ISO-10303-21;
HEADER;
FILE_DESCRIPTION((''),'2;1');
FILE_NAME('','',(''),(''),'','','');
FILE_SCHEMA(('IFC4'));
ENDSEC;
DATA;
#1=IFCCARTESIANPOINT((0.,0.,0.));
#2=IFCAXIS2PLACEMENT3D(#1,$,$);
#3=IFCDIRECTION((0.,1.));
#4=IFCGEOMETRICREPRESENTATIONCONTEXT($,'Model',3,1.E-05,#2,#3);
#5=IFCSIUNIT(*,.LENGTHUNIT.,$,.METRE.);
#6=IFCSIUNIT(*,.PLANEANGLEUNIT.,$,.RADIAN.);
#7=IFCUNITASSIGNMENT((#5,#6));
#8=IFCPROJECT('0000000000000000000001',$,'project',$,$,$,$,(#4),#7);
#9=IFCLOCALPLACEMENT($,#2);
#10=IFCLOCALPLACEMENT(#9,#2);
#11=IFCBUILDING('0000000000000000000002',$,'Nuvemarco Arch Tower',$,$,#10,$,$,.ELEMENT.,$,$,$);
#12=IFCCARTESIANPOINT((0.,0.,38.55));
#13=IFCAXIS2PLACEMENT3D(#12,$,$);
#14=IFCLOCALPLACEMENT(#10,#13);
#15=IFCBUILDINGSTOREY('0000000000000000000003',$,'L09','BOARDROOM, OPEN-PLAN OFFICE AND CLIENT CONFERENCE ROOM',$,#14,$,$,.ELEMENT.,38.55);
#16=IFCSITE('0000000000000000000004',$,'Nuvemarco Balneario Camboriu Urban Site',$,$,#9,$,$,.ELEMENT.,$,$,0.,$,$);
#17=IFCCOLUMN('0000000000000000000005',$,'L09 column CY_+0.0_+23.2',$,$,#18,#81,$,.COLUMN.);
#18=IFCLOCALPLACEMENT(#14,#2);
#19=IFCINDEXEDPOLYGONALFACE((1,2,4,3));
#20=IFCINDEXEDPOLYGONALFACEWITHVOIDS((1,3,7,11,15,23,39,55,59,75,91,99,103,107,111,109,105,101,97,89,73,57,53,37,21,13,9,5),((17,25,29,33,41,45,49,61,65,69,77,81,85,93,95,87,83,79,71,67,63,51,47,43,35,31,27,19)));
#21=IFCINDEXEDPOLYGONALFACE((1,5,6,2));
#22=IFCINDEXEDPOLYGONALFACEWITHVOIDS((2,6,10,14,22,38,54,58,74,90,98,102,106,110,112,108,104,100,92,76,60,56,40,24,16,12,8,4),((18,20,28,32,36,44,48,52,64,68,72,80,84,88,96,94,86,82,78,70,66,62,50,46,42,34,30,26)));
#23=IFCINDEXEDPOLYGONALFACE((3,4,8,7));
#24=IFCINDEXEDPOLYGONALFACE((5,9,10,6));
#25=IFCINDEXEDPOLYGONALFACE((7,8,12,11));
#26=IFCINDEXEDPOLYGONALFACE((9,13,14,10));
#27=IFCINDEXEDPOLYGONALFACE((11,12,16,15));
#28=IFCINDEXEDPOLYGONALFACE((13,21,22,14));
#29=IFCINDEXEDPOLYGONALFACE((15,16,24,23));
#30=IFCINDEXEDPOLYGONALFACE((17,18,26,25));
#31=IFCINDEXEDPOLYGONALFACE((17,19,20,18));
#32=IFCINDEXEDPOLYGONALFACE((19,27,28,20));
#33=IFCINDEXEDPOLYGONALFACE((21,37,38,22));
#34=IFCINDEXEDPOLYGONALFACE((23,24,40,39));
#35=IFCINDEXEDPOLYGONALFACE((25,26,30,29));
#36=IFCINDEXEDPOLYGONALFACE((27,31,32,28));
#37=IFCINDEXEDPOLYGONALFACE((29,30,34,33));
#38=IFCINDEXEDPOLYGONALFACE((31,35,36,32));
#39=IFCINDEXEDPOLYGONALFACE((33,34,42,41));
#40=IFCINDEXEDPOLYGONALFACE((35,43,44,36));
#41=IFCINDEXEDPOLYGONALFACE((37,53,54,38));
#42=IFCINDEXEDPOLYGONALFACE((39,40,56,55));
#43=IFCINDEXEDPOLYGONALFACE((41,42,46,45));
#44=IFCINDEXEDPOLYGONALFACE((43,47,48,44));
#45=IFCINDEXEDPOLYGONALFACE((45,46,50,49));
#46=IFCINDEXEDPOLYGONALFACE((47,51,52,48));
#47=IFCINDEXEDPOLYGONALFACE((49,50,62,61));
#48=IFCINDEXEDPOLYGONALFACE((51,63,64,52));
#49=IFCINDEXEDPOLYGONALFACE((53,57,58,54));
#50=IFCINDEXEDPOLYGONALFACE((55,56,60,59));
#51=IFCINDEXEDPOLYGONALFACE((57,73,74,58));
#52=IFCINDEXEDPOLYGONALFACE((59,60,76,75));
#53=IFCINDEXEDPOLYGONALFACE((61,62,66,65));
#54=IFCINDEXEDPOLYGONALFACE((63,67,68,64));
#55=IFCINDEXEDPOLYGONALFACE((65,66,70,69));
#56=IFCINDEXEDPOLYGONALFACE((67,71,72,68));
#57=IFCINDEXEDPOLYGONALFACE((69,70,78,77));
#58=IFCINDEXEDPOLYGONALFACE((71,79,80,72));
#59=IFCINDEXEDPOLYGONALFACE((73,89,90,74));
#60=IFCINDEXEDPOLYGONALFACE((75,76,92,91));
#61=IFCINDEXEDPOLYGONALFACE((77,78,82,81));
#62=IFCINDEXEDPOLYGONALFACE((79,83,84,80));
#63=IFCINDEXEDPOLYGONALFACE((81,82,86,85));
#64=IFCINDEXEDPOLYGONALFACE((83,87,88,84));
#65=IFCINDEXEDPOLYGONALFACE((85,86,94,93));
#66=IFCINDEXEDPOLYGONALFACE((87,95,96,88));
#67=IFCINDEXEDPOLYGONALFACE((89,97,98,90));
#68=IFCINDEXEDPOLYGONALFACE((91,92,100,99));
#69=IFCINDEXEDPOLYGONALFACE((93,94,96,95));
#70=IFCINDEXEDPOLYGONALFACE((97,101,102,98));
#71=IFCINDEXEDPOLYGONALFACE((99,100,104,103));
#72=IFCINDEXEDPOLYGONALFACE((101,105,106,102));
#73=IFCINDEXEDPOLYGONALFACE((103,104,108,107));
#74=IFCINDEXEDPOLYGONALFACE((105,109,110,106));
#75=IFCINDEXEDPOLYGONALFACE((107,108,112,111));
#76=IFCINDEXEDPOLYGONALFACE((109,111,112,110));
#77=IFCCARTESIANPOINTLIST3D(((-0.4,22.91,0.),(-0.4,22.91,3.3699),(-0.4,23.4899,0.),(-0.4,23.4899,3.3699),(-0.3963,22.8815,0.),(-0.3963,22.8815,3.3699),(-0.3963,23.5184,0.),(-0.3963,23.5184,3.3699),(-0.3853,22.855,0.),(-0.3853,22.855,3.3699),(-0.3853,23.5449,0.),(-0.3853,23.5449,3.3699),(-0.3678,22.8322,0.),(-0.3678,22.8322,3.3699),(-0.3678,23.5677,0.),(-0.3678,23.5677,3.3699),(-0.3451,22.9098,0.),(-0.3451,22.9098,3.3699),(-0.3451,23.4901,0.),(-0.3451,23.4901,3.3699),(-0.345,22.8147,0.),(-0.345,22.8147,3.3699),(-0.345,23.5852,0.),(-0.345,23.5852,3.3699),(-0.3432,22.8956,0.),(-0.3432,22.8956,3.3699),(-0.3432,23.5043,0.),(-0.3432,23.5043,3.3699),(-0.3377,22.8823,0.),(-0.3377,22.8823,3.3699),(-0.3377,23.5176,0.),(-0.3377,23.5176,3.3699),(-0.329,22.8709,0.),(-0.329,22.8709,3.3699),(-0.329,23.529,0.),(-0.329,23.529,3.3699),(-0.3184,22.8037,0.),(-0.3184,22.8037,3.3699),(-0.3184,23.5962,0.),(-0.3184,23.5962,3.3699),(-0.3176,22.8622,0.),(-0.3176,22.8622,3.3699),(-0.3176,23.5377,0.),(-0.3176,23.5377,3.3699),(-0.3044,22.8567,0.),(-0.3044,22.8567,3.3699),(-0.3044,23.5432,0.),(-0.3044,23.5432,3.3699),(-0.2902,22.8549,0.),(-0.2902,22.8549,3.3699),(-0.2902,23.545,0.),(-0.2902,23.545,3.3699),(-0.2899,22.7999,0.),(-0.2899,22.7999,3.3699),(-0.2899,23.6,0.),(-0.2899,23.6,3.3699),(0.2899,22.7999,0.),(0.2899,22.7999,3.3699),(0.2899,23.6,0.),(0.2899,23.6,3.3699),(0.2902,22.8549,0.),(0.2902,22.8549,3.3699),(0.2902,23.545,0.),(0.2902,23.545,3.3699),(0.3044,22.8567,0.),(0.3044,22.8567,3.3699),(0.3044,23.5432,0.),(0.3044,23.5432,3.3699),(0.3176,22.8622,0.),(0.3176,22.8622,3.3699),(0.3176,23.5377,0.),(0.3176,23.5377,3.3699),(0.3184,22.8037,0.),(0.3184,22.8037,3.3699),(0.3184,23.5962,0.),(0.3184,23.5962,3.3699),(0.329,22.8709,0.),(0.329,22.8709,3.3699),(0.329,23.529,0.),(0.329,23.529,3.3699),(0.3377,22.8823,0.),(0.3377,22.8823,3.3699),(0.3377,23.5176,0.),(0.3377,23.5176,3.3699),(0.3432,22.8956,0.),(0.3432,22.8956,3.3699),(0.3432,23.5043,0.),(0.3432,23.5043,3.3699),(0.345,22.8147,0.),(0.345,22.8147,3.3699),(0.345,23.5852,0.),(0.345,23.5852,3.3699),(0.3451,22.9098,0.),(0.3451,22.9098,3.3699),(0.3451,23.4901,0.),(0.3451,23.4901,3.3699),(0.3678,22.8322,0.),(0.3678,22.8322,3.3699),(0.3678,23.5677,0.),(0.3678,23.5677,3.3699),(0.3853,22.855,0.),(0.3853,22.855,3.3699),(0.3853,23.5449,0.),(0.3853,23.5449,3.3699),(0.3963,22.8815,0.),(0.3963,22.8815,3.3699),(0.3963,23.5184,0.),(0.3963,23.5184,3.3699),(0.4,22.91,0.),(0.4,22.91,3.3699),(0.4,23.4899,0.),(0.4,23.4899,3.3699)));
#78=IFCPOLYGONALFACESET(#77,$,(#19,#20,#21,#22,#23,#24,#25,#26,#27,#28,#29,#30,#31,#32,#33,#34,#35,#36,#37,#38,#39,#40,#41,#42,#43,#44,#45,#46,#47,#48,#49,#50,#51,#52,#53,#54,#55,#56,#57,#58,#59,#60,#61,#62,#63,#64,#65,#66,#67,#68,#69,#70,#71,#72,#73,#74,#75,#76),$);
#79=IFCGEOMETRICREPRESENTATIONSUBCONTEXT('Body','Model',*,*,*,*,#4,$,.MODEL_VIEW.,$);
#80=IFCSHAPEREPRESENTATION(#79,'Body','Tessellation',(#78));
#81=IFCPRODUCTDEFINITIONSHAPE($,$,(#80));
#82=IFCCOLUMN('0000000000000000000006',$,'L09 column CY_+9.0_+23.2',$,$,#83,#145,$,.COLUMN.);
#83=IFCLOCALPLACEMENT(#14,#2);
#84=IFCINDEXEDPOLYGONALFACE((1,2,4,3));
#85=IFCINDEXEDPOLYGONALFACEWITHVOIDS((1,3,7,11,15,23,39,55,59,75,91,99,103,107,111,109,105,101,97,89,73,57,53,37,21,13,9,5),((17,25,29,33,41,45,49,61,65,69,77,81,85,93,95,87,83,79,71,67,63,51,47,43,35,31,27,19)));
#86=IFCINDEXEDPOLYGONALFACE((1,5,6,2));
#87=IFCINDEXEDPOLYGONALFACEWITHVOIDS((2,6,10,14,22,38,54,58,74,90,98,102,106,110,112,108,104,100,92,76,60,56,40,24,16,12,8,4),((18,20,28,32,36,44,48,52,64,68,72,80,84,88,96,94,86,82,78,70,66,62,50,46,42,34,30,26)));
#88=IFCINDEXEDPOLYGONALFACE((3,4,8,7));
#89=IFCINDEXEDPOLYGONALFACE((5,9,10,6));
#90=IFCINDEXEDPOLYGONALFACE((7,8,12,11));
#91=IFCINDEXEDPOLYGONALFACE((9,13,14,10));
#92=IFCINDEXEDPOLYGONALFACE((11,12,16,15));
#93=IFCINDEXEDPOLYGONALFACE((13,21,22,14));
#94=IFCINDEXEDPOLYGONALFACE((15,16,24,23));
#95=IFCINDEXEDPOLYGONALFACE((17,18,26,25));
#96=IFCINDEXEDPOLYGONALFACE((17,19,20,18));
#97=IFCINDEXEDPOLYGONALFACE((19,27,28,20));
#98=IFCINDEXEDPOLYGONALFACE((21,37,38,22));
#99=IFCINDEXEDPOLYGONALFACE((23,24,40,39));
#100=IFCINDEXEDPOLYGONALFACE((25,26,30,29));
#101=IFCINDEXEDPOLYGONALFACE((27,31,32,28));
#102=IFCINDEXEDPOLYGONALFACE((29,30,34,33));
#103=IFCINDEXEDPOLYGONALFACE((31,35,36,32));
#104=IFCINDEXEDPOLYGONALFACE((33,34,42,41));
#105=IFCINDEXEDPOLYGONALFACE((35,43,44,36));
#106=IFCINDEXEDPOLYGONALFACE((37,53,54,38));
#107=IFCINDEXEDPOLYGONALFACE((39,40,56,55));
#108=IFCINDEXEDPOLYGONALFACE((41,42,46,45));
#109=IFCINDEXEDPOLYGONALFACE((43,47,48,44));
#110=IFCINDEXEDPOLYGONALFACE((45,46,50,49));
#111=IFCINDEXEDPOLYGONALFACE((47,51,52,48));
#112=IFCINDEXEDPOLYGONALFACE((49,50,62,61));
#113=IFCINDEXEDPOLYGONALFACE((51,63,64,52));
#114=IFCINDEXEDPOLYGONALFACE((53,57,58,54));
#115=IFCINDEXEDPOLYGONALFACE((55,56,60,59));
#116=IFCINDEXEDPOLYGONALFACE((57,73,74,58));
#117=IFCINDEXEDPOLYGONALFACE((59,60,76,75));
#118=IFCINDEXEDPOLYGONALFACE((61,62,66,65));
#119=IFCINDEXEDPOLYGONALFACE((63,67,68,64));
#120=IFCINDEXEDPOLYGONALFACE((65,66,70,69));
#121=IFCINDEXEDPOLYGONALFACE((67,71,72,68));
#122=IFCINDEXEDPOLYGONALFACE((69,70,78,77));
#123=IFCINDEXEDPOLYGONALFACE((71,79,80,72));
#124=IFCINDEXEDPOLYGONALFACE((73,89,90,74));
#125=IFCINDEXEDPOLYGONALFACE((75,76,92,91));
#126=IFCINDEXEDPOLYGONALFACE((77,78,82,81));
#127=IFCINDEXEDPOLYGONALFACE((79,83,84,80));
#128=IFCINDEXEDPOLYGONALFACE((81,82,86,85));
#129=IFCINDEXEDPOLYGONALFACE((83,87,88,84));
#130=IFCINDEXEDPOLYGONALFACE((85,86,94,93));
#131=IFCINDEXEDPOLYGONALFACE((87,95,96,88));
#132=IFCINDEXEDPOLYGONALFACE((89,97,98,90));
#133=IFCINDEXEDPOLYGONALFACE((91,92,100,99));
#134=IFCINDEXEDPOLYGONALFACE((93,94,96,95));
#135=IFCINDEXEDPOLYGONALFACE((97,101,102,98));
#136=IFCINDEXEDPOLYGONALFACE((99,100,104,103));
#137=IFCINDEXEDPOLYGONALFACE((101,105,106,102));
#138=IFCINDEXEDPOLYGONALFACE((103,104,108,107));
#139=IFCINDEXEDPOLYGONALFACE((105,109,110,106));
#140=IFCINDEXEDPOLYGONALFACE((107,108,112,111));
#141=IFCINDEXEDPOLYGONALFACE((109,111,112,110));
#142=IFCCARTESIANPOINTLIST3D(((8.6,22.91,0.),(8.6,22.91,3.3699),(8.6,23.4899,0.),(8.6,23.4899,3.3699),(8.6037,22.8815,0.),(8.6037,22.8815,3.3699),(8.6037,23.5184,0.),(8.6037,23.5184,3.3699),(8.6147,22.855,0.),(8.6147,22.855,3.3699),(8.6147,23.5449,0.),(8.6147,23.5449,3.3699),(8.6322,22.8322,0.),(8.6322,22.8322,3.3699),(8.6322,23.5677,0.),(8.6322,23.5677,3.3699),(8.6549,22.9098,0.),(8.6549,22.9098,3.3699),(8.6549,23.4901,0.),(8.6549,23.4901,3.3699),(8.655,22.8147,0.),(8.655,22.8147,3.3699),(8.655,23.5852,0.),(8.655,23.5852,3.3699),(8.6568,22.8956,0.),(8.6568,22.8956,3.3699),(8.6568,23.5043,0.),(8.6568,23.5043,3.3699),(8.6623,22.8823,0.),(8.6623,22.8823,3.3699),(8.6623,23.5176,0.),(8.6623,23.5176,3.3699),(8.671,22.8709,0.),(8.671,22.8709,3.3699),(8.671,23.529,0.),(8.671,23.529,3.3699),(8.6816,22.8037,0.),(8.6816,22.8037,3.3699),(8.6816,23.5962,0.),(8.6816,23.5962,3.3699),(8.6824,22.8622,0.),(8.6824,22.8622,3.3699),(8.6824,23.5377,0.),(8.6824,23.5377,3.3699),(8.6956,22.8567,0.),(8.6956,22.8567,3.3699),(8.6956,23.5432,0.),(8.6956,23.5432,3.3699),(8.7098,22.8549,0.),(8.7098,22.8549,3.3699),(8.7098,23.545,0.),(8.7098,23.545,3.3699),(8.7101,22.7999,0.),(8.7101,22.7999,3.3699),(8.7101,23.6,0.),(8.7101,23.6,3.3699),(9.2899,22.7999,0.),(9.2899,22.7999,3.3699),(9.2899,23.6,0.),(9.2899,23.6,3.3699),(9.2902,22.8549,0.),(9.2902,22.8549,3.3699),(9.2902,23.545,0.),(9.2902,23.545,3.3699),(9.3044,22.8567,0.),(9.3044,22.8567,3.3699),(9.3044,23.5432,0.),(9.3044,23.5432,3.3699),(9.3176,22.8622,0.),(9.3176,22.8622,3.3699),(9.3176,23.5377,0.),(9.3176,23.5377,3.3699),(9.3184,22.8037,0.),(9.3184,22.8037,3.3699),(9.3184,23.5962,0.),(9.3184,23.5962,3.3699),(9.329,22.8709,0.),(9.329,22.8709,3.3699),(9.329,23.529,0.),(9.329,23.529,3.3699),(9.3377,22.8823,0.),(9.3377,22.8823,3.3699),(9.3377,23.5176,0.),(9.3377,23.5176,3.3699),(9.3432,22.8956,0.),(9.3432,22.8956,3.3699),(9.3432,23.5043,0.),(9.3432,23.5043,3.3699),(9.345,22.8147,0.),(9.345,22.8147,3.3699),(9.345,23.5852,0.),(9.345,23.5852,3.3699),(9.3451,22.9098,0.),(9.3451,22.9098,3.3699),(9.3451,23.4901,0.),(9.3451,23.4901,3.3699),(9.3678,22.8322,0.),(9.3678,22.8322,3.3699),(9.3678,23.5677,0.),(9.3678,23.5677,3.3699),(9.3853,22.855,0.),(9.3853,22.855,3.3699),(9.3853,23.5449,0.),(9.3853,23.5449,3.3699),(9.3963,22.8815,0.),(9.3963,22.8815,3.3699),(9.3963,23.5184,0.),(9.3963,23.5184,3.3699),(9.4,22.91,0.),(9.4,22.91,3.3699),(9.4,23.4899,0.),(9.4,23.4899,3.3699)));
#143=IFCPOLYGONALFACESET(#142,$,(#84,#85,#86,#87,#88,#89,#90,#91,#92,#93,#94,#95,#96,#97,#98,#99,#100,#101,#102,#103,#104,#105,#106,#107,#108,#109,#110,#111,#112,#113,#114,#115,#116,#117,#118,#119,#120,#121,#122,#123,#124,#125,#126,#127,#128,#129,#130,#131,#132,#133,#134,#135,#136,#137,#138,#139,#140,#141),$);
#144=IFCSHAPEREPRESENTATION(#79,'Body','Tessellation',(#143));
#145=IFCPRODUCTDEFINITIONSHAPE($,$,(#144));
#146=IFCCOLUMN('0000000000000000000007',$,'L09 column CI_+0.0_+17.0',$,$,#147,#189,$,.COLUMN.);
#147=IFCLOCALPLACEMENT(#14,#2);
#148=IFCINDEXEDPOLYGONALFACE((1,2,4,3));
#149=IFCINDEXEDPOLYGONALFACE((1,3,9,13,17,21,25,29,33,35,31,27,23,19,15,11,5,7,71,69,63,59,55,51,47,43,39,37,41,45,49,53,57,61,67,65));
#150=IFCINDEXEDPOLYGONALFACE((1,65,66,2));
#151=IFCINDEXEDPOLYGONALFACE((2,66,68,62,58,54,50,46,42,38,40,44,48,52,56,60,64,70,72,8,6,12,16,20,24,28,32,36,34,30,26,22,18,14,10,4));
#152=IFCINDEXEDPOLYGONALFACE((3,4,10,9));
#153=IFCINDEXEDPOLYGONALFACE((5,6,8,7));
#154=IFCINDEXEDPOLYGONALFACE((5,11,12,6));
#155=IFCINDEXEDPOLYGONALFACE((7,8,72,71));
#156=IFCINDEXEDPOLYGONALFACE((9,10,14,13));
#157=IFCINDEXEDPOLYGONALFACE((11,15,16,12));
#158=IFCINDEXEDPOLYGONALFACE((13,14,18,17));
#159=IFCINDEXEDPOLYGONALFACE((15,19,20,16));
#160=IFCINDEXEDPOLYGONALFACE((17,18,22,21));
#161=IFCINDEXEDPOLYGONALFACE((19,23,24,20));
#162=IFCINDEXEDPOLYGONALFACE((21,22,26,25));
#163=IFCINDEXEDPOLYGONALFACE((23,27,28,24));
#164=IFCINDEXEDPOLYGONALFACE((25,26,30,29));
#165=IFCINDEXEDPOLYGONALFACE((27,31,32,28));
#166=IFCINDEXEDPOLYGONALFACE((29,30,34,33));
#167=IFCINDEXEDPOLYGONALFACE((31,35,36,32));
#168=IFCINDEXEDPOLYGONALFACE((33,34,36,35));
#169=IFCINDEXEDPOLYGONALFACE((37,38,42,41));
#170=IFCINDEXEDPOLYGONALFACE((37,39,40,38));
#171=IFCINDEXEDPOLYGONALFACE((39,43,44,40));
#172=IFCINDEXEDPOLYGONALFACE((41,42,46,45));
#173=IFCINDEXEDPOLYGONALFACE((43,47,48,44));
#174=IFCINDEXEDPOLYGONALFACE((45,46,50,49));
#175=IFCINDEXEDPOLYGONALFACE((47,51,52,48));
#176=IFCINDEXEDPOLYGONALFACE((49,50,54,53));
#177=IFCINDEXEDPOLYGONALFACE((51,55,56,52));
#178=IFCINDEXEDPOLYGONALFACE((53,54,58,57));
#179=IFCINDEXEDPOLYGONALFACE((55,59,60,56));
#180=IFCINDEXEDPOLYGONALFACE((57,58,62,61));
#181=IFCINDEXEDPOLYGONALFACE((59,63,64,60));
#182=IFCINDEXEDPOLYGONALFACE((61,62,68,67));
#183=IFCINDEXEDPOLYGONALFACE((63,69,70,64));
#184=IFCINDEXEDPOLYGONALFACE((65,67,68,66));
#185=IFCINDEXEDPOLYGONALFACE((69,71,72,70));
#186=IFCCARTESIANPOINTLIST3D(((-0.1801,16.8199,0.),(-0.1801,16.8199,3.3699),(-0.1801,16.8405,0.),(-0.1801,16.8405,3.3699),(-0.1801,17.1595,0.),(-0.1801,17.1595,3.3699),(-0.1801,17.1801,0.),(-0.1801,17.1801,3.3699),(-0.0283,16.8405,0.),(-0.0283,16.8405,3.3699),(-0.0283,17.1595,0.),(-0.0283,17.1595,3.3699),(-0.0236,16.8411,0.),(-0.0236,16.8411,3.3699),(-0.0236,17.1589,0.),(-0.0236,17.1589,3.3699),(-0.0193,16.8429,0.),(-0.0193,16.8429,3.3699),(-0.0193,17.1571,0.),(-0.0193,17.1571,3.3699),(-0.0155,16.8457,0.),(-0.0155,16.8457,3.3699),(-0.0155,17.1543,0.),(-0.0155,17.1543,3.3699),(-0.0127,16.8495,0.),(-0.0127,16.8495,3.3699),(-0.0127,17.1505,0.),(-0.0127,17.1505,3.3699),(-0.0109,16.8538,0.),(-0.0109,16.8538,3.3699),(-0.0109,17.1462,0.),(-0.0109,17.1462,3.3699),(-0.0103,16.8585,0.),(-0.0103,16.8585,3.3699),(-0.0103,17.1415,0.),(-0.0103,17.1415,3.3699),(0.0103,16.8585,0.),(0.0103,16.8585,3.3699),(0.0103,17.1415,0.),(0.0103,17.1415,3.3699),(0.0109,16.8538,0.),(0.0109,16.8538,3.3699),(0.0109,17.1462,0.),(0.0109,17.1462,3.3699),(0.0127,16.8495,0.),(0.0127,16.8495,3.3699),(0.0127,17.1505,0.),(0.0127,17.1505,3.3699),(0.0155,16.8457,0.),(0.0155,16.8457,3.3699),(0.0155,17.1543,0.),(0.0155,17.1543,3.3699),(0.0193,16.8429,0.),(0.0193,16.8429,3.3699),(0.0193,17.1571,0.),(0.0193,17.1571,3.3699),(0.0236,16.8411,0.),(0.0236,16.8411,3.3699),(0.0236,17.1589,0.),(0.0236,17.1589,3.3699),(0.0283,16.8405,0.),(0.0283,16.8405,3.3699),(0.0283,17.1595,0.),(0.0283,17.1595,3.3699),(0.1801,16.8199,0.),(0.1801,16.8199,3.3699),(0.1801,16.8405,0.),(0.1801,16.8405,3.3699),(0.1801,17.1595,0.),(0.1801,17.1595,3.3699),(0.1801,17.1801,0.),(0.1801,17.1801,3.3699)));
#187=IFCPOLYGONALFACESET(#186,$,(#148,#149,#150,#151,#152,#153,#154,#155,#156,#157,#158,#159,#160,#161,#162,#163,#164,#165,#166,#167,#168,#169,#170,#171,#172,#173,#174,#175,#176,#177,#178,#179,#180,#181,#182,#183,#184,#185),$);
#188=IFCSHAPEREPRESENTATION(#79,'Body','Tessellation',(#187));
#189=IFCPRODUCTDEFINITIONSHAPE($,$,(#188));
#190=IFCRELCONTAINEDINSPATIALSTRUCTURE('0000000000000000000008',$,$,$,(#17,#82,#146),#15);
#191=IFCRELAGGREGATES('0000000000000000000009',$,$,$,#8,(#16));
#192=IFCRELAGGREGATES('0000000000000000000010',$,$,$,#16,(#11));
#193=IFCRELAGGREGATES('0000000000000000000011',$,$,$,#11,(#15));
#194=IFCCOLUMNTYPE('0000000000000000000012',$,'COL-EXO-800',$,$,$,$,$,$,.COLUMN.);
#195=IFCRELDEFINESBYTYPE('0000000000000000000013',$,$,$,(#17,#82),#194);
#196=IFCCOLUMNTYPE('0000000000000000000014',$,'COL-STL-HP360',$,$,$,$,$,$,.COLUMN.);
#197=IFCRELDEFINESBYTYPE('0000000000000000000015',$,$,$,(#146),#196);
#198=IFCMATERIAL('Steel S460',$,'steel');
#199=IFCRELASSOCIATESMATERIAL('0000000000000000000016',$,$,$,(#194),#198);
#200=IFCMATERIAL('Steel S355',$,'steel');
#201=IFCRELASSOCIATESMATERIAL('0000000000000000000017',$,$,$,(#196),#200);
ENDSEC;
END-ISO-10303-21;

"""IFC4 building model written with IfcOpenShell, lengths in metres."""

from ifc_helpers import new_model, si_unit, direction, frame, origin, origin_2d, place, context, subcontext, project, spatial, hollow_rectangle, i_section, extrude, material, material_profile, profile_set, type_object, element, save


model = new_model("IFC4")

# Units and contexts
model_context = context("Model", 3, precision=1e-05, world=origin(), true_north=direction((0.0, 1.0)))
body_context = subcontext(model_context, "Body", "Model", "MODEL_VIEW")
ifc_project = project(units=[si_unit("LENGTHUNIT", "METRE"), si_unit("PLANEANGLEUNIT", "RADIAN")], contexts=[model_context])

# Site, building, storey
site_placement = place(None, origin())
site = spatial("IfcSite", under=ifc_project, at=site_placement, Name="Nuvemarco Balneario Camboriu Urban Site", CompositionType="ELEMENT", RefElevation=0.0)
building_placement = place(site_placement, origin())
building = spatial("IfcBuilding", under=site, at=building_placement, Name="Nuvemarco Arch Tower", CompositionType="ELEMENT")
storey_placement = place(building_placement, frame((0.0, 0.0, 38.55)))
storey = spatial("IfcBuildingStorey", under=building, at=storey_placement, Name="L09", Description="BOARDROOM, OPEN-PLAN OFFICE AND CLIENT CONFERENCE ROOM", CompositionType="ELEMENT", Elevation=38.55)

# Columns
ifc_material_1 = material(Name="Steel S460", Category="steel")
ifc_material_profile_1 = material_profile(ifc_material_1, hollow_rectangle(XDim=0.8, YDim=0.8, WallThickness=0.0549, InnerFilletRadius=0.0549, OuterFilletRadius=0.1101, at=origin_2d()), Name="SHS800x800x55")
ifc_profile_set_1 = profile_set([ifc_material_profile_1], Name="Steel S460")
column_type_1 = type_object("IfcColumnType", Name="COL-EXO-800", PredefinedType="COLUMN", material=ifc_profile_set_1)
for number, where, z_axis, x_axis, name in (
    (1, (0.0, 23.2, 0.0), (0.0, 0.0, 1.0), (1.0, 0.0, 0.0), "L09 column CY_+0.0_+23.2"),
    (2, (9.0, 23.2, 0.0), (0.0, 0.0, 1.0), (1.0, 0.0, 0.0), "L09 column CY_+9.0_+23.2"),
):
    element("IfcColumn", number, at=place(storey_placement, frame(where, z_axis=z_axis, x_axis=x_axis)), inside=storey, type_object=column_type_1, Name=name, PredefinedType="COLUMN", context=body_context, shape_type="SweptSolid", body=[
        extrude(hollow_rectangle(XDim=0.8, YDim=0.8, WallThickness=0.0549, InnerFilletRadius=0.0549, OuterFilletRadius=0.1101, at=origin_2d()), origin(), (0.0, 0.0, 1.0), 3.3699),
    ])
ifc_material_2 = material(Name="Steel S355", Category="steel")
ifc_material_profile_2 = material_profile(ifc_material_2, i_section(OverallWidth=0.3601, OverallDepth=0.3601, WebThickness=0.0205, FlangeThickness=0.0205, FilletRadius=0.0181, at=origin_2d()), Name="HP360x174")
ifc_profile_set_2 = profile_set([ifc_material_profile_2], Name="Steel S355")
column_type_2 = type_object("IfcColumnType", Name="COL-STL-HP360", PredefinedType="COLUMN", material=ifc_profile_set_2)
for number, where, z_axis, x_axis, name in (
    (3, (0.0, 17.0, 0.0), (0.0, 0.0, 1.0), (1.0, 0.0, 0.0), "L09 column CI_+0.0_+17.0"),
):
    element("IfcColumn", number, at=place(storey_placement, frame(where, z_axis=z_axis, x_axis=x_axis)), inside=storey, type_object=column_type_2, Name=name, PredefinedType="COLUMN", context=body_context, shape_type="SweptSolid", body=[
        extrude(i_section(OverallWidth=0.3601, OverallDepth=0.3601, WebThickness=0.0205, FlangeThickness=0.0205, FilletRadius=0.0181, at=origin_2d()), origin(), (0.0, 0.0, 1.0), 3.3699),
    ])

save(model, "model.ifc")
